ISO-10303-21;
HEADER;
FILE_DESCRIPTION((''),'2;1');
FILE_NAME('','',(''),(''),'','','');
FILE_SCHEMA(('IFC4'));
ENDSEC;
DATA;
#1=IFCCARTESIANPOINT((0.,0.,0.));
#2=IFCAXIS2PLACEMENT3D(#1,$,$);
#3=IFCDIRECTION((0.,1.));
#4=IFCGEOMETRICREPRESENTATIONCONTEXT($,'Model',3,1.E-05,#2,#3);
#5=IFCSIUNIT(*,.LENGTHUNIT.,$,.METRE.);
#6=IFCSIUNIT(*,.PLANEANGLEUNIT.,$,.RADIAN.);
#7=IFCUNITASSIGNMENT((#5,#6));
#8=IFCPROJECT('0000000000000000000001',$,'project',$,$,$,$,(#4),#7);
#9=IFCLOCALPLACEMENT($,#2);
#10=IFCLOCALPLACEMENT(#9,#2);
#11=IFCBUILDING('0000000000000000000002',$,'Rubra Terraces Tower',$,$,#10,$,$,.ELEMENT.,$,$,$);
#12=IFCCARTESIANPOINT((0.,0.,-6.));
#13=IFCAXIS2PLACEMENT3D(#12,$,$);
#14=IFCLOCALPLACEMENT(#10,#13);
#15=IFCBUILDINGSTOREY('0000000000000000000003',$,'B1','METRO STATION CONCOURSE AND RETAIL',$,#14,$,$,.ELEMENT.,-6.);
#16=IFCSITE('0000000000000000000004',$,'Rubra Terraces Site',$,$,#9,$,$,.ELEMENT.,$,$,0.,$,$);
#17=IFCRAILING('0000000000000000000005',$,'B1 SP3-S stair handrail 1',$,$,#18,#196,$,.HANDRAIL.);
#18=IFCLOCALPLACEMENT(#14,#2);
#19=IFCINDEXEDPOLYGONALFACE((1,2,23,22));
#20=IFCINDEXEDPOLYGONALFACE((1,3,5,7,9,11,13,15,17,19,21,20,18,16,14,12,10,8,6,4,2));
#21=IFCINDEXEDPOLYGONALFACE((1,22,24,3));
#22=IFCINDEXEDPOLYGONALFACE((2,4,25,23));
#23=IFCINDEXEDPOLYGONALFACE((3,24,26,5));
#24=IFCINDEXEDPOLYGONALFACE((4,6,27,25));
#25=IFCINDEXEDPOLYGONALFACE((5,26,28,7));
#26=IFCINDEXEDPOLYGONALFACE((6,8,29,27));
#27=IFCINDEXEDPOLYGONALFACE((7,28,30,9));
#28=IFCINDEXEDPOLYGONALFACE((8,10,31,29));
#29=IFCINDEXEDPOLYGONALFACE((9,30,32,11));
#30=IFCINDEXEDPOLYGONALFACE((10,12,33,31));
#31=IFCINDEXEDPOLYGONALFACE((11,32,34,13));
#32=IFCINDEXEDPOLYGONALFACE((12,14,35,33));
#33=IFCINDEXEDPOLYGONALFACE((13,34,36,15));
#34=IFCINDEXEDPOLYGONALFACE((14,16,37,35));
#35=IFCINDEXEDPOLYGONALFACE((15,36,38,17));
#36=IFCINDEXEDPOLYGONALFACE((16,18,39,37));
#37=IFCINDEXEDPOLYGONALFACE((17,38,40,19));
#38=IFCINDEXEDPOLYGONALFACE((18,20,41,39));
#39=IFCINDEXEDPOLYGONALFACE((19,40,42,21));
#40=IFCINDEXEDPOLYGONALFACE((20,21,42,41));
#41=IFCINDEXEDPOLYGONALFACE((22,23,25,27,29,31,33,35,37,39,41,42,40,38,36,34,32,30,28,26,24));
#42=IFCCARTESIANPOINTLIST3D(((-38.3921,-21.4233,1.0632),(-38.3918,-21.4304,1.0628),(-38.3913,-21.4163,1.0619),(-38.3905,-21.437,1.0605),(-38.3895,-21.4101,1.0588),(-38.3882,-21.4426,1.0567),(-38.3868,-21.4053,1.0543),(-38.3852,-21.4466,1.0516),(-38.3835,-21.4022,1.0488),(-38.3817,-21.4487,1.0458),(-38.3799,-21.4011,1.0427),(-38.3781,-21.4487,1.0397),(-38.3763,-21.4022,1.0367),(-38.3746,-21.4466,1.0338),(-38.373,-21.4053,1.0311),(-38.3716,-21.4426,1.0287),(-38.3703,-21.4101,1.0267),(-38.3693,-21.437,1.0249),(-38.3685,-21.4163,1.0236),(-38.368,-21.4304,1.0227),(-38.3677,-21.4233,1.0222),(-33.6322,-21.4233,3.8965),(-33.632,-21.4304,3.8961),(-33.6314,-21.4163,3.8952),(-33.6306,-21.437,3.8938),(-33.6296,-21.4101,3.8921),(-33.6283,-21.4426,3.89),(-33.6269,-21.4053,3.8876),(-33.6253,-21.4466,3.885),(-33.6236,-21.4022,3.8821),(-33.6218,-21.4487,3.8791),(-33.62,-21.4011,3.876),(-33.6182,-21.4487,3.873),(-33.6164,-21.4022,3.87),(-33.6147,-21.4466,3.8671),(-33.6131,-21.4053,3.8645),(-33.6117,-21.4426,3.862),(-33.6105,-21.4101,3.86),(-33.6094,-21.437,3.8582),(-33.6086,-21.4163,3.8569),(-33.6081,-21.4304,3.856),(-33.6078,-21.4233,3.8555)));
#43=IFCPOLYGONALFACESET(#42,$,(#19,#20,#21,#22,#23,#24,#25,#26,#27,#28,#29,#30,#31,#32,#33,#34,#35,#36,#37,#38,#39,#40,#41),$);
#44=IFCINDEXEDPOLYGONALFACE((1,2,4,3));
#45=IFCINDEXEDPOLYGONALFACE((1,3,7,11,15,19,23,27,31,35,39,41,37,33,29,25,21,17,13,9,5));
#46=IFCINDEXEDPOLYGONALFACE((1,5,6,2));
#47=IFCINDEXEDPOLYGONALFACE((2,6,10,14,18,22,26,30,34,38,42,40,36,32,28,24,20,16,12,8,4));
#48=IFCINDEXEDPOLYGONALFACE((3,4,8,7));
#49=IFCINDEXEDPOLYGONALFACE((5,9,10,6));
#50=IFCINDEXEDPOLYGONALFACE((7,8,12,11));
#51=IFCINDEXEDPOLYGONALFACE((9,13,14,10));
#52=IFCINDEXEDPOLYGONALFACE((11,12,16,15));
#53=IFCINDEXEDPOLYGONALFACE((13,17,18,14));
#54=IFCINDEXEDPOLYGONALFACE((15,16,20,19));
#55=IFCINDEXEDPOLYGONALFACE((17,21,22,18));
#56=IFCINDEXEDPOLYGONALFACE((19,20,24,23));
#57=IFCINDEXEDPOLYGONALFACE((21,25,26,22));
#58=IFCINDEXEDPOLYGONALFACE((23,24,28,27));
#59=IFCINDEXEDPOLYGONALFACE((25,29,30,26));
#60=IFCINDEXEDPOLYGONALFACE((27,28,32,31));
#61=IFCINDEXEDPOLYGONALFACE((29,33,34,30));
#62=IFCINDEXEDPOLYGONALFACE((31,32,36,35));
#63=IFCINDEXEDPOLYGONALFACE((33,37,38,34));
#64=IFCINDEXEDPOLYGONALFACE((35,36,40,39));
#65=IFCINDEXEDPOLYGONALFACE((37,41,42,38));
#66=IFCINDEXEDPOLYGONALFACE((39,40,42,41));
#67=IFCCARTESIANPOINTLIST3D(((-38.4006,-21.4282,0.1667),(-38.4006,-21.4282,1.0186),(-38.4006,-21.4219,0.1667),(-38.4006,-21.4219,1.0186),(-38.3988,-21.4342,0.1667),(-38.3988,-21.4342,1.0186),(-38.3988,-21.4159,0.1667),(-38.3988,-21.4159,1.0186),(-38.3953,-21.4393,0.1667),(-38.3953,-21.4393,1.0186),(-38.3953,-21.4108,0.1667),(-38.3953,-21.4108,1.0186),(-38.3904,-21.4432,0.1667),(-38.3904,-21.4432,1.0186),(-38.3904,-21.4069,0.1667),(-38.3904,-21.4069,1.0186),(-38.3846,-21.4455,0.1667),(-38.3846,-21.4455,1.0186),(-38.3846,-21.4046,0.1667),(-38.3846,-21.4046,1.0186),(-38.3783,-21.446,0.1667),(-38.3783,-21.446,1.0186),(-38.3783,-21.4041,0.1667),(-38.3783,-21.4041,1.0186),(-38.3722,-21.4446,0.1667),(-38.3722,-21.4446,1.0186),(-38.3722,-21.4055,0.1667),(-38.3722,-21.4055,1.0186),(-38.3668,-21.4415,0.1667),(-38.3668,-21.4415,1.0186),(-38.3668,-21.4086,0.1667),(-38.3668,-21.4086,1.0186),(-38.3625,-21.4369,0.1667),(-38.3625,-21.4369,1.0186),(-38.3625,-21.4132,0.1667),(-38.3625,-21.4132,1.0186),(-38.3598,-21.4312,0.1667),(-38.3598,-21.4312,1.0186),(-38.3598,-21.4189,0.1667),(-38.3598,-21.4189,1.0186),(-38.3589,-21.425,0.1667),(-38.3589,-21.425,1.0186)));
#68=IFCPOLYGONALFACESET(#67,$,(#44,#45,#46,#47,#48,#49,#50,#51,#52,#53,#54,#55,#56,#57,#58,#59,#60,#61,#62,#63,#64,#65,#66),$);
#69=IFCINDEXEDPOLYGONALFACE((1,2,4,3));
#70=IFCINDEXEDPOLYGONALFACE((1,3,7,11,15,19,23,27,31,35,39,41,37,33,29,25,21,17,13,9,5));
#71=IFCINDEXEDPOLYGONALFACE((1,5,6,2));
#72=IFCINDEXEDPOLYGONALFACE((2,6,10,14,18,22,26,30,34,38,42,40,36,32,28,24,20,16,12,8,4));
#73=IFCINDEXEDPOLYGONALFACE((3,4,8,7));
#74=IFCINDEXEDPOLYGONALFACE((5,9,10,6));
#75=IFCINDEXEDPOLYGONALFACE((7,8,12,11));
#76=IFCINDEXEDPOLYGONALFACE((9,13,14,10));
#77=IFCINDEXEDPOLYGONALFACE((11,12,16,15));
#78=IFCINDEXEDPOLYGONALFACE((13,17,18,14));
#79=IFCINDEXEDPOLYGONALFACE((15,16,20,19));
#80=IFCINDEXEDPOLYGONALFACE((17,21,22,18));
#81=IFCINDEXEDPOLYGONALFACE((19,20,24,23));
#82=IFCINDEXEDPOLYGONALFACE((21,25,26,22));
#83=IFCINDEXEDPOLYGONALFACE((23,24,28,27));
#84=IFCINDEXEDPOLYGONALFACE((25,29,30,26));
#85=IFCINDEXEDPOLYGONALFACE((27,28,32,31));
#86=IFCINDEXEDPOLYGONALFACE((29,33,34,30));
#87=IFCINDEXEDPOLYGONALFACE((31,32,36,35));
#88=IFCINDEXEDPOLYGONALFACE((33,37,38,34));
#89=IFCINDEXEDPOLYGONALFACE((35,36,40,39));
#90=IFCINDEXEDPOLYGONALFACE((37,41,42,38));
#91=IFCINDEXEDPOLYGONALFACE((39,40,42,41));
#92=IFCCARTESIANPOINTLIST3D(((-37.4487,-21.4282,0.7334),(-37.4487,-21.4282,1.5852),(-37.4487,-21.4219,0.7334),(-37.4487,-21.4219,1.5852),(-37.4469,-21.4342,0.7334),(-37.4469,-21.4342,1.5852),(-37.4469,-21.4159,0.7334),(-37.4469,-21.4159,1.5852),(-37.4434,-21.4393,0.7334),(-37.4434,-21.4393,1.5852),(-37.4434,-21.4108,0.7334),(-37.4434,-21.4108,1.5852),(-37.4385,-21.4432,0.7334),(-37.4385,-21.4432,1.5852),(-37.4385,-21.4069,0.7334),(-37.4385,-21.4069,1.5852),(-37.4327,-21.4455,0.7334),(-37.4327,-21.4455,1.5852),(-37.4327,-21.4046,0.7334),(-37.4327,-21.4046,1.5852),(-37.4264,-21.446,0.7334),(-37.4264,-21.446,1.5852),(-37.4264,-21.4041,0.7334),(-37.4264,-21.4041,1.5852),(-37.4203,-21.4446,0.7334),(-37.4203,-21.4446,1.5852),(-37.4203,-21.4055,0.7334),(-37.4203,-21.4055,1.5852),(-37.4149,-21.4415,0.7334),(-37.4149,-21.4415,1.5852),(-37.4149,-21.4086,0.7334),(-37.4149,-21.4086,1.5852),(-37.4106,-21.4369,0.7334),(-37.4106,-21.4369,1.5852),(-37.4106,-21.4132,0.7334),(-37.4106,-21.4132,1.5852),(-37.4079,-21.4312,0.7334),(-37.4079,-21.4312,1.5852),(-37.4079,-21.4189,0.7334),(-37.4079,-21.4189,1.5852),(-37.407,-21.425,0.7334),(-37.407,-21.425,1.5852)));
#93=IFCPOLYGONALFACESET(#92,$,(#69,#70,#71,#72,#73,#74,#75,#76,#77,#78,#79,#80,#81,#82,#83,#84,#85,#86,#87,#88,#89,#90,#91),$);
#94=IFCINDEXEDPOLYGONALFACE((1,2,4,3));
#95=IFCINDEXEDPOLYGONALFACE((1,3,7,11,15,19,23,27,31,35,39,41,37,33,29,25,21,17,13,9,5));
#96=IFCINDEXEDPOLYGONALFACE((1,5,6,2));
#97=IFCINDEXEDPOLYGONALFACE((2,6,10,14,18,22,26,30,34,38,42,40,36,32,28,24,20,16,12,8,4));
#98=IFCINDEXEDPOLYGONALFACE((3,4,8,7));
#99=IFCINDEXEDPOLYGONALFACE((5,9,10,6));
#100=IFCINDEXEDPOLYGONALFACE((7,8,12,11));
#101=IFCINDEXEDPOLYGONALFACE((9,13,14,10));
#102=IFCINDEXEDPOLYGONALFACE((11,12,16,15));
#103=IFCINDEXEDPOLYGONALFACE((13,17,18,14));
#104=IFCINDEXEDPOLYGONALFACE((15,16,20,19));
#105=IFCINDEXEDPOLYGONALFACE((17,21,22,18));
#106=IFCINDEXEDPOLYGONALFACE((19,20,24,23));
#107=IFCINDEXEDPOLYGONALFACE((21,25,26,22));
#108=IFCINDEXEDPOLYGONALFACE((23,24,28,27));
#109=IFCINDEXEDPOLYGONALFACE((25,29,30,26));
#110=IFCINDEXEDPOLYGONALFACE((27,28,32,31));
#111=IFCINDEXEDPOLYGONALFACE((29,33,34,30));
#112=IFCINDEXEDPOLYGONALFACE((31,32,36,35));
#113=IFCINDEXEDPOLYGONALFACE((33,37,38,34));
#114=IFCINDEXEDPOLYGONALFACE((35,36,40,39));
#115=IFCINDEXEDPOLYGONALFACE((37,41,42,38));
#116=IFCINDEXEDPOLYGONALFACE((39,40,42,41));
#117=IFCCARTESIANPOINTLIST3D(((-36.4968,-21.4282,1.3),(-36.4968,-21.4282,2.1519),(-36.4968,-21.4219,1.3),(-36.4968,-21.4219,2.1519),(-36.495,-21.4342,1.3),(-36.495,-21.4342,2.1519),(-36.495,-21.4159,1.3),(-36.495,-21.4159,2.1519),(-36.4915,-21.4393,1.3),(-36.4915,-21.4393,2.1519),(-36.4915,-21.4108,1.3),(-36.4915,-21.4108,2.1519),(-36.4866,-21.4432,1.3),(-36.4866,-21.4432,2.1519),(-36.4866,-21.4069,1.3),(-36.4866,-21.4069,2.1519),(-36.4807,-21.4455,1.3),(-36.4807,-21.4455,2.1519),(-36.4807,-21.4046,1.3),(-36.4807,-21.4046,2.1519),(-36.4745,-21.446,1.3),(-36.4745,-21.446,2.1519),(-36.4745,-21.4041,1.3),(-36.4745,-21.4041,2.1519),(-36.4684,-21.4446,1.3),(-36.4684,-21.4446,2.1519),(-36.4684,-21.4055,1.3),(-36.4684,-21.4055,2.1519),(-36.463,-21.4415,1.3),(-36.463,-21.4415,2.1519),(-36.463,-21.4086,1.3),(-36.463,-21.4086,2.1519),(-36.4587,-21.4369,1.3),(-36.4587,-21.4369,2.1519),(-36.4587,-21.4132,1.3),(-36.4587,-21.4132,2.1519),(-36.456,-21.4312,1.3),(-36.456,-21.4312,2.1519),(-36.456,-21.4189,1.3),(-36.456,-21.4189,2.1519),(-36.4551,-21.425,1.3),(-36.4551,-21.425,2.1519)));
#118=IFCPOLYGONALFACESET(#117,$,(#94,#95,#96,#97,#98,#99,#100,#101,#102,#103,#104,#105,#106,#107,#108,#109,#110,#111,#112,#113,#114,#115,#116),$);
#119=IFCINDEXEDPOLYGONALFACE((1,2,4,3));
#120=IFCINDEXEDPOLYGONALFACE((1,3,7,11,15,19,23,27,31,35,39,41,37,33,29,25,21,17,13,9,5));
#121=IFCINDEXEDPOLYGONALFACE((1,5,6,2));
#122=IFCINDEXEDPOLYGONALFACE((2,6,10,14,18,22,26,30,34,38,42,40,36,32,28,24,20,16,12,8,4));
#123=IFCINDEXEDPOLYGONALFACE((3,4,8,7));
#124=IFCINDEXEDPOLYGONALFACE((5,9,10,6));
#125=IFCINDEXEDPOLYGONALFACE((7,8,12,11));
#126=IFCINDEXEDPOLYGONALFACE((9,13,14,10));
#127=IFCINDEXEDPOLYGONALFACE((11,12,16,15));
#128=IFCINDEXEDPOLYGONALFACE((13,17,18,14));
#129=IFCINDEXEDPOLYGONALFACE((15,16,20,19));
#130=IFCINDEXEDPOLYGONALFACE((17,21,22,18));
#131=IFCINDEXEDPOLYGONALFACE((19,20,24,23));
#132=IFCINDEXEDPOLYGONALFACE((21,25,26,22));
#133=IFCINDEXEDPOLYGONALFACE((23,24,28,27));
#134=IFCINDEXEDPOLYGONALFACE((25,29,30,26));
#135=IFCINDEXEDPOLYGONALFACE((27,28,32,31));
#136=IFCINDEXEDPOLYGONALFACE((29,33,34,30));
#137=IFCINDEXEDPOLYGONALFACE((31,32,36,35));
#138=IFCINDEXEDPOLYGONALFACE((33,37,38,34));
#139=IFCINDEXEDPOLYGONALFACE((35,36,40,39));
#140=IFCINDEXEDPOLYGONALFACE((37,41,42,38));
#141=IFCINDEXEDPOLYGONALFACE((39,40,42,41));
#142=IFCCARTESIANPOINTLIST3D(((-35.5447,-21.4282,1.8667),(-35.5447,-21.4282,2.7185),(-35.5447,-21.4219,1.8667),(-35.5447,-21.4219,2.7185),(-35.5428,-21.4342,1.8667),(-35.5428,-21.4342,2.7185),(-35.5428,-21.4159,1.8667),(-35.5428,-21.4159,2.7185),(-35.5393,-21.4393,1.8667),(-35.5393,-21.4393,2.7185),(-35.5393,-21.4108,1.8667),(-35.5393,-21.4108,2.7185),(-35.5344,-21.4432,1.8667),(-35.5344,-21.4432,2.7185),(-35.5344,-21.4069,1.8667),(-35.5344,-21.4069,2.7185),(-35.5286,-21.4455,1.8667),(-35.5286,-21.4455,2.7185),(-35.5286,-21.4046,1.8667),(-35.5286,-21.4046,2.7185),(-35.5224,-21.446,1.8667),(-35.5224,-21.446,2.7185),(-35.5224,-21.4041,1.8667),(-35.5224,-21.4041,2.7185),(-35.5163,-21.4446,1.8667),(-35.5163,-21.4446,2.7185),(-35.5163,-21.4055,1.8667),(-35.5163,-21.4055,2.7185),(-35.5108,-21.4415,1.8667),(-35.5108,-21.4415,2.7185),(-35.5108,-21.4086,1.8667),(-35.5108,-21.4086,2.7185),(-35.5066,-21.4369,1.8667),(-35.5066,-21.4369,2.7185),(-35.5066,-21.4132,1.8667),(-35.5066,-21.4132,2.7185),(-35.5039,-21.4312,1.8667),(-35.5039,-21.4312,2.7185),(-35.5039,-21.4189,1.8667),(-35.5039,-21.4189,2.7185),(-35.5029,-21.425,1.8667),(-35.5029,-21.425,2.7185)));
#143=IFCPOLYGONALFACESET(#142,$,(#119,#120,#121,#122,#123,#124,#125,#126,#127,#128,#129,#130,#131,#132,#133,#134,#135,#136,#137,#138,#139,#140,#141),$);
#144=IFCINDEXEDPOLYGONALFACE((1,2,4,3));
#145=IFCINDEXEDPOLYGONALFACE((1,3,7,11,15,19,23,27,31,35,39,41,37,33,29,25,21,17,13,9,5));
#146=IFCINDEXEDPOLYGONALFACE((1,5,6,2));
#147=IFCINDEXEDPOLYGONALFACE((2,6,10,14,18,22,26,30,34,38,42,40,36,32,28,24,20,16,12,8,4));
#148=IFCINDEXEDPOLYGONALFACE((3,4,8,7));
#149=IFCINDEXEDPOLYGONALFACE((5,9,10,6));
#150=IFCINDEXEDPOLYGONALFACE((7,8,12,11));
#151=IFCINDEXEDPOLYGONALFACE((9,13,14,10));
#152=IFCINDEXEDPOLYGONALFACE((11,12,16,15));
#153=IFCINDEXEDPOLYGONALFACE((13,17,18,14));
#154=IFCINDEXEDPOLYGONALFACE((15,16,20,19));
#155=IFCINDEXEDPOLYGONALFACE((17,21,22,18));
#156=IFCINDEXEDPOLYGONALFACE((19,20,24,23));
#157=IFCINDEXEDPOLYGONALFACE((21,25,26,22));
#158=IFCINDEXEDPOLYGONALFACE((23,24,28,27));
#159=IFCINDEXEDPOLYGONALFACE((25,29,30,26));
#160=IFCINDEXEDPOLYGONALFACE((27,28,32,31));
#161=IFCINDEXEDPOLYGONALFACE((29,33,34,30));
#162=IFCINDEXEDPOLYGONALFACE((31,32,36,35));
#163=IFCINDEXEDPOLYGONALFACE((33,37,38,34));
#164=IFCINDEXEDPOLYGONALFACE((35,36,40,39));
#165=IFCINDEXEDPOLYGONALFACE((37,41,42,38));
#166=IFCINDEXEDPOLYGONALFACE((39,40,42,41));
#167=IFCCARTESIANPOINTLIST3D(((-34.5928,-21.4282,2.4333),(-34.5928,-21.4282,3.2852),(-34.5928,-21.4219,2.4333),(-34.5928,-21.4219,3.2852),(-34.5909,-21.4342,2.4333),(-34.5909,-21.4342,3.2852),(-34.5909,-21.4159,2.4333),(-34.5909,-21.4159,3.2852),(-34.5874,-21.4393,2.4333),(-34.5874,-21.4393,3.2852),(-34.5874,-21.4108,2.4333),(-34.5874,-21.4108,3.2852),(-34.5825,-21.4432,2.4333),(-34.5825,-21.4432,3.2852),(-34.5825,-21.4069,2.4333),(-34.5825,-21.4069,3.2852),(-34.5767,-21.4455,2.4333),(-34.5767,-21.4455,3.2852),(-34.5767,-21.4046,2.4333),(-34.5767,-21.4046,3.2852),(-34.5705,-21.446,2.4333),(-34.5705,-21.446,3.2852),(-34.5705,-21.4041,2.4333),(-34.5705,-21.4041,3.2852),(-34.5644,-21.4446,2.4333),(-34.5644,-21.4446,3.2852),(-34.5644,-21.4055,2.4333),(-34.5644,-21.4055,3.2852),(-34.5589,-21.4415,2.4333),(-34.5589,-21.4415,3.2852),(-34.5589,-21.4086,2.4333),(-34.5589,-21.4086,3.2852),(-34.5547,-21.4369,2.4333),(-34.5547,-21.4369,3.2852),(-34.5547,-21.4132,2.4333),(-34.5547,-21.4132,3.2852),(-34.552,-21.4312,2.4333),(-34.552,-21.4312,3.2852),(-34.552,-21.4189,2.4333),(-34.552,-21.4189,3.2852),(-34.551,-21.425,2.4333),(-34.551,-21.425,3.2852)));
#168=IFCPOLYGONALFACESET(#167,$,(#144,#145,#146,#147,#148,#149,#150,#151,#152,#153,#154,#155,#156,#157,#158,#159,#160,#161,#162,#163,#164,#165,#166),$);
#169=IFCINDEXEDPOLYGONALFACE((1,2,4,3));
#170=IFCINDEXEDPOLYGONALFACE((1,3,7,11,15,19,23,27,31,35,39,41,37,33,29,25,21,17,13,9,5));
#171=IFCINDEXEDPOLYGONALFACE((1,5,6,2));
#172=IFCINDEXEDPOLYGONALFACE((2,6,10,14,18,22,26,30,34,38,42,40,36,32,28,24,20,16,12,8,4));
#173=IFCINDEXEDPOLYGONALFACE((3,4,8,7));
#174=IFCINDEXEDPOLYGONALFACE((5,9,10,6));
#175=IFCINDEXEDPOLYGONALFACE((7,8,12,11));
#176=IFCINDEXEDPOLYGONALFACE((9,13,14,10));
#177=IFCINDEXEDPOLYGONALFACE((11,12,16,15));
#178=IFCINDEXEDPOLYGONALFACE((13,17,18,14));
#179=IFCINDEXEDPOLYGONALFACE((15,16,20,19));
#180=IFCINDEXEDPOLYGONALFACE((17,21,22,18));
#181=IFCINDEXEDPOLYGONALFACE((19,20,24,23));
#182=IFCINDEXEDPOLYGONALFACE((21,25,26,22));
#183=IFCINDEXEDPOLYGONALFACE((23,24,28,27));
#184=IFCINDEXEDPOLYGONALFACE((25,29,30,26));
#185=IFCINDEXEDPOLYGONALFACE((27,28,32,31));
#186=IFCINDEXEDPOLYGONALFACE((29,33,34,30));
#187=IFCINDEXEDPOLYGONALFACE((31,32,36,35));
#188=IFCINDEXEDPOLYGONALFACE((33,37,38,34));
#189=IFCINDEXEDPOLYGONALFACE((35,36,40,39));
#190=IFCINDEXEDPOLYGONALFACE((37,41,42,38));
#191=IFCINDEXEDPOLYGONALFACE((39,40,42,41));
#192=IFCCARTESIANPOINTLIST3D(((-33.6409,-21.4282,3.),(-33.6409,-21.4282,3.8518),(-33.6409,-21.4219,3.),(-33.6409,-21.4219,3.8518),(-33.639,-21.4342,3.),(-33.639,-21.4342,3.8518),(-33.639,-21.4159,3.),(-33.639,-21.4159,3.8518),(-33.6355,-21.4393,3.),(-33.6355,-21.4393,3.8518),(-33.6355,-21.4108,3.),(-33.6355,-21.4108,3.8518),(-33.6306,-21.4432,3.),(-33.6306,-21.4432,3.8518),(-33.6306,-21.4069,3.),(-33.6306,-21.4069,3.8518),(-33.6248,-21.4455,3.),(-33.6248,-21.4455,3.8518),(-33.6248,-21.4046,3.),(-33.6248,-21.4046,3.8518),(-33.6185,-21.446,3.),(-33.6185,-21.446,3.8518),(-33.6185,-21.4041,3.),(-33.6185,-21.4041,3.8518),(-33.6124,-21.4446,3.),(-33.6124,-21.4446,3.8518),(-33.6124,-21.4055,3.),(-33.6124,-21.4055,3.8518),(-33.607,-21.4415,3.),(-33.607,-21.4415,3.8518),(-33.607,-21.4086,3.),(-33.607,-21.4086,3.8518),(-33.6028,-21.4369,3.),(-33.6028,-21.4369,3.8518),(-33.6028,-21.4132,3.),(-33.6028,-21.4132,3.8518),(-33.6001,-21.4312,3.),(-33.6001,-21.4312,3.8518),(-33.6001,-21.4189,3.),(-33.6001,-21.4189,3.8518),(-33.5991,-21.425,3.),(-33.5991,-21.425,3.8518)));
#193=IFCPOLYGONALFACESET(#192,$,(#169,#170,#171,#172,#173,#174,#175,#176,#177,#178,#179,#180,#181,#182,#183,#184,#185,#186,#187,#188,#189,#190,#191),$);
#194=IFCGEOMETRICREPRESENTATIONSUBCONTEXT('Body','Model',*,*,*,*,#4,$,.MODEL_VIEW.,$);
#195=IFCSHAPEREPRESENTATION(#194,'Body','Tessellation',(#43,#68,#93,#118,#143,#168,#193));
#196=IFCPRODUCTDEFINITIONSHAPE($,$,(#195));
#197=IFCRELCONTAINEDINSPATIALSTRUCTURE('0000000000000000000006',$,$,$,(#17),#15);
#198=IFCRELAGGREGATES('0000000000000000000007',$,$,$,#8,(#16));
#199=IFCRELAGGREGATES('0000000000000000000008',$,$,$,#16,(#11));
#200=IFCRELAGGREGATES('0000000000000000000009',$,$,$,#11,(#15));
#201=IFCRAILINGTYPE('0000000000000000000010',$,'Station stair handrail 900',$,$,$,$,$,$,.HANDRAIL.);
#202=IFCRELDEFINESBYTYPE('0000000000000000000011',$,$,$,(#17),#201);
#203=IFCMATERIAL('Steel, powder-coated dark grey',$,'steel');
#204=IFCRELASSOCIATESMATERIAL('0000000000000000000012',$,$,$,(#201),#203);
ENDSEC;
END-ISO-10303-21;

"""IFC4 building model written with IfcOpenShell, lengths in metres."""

from ifc_helpers import new_model, si_unit, direction, frame, origin, origin_2d, place, context, subcontext, project, spatial, circle, extrude, material, type_object, element, save


model = new_model("IFC4")

# Units and contexts
model_context = context("Model", 3, precision=1e-05, world=origin(), true_north=direction((0.0, 1.0)))
body_context = subcontext(model_context, "Body", "Model", "MODEL_VIEW")
ifc_project = project(units=[si_unit("LENGTHUNIT", "METRE"), si_unit("PLANEANGLEUNIT", "RADIAN")], contexts=[model_context])

# Site, building, storey
site_placement = place(None, origin())
site = spatial("IfcSite", under=ifc_project, at=site_placement, Name="Rubra Terraces Site", CompositionType="ELEMENT", RefElevation=0.0)
building_placement = place(site_placement, origin())
building = spatial("IfcBuilding", under=site, at=building_placement, Name="Rubra Terraces Tower", CompositionType="ELEMENT")
storey_placement = place(building_placement, frame((0.0, 0.0, -6.0)))
storey = spatial("IfcBuildingStorey", under=building, at=storey_placement, Name="B1", Description="METRO STATION CONCOURSE AND RETAIL", CompositionType="ELEMENT", Elevation=-6.0)

# Railing
ifc_material_1 = material(Name="Steel, powder-coated dark grey", Category="steel")
railing_type_1 = type_object("IfcRailingType", Name="Station stair handrail 900", PredefinedType="HANDRAIL", material=ifc_material_1)
railing_1_placement = place(storey_placement, frame((-38.3799, -21.425, 0.1667)))
element("IfcRailing", 1, at=railing_1_placement, inside=storey, type_object=railing_type_1, Name="B1 SP3-S stair handrail 1", PredefinedType="HANDRAIL", context=body_context, shape_type="SweptSolid", body=[
    extrude(circle(Radius=0.0239, at=origin_2d()), frame((0.0, 0.0, 0.876), z_axis=(0.859288, 0.0, 0.511492), x_axis=(0.0, 1.0, 0.0)), (0.0, 0.0, 1.0), 5.5393),
    extrude(circle(Radius=0.021, at=origin_2d()), origin(), (0.0, 0.0, 1.0), 0.8518),
    extrude(circle(Radius=0.021, at=origin_2d()), frame((0.9519, 0.0, 0.5667)), (0.0, 0.0, 1.0), 0.8518),
    extrude(circle(Radius=0.021, at=origin_2d()), frame((1.9038, 0.0, 1.1333)), (0.0, 0.0, 1.0), 0.8518),
    extrude(circle(Radius=0.021, at=origin_2d()), frame((2.856, 0.0, 1.7)), (0.0, 0.0, 1.0), 0.8518),
    extrude(circle(Radius=0.021, at=origin_2d()), frame((3.8079, 0.0, 2.2666)), (0.0, 0.0, 1.0), 0.8518),
    extrude(circle(Radius=0.021, at=origin_2d()), frame((4.7598, 0.0, 2.8333)), (0.0, 0.0, 1.0), 0.8518),
])

save(model, "model.ifc")
